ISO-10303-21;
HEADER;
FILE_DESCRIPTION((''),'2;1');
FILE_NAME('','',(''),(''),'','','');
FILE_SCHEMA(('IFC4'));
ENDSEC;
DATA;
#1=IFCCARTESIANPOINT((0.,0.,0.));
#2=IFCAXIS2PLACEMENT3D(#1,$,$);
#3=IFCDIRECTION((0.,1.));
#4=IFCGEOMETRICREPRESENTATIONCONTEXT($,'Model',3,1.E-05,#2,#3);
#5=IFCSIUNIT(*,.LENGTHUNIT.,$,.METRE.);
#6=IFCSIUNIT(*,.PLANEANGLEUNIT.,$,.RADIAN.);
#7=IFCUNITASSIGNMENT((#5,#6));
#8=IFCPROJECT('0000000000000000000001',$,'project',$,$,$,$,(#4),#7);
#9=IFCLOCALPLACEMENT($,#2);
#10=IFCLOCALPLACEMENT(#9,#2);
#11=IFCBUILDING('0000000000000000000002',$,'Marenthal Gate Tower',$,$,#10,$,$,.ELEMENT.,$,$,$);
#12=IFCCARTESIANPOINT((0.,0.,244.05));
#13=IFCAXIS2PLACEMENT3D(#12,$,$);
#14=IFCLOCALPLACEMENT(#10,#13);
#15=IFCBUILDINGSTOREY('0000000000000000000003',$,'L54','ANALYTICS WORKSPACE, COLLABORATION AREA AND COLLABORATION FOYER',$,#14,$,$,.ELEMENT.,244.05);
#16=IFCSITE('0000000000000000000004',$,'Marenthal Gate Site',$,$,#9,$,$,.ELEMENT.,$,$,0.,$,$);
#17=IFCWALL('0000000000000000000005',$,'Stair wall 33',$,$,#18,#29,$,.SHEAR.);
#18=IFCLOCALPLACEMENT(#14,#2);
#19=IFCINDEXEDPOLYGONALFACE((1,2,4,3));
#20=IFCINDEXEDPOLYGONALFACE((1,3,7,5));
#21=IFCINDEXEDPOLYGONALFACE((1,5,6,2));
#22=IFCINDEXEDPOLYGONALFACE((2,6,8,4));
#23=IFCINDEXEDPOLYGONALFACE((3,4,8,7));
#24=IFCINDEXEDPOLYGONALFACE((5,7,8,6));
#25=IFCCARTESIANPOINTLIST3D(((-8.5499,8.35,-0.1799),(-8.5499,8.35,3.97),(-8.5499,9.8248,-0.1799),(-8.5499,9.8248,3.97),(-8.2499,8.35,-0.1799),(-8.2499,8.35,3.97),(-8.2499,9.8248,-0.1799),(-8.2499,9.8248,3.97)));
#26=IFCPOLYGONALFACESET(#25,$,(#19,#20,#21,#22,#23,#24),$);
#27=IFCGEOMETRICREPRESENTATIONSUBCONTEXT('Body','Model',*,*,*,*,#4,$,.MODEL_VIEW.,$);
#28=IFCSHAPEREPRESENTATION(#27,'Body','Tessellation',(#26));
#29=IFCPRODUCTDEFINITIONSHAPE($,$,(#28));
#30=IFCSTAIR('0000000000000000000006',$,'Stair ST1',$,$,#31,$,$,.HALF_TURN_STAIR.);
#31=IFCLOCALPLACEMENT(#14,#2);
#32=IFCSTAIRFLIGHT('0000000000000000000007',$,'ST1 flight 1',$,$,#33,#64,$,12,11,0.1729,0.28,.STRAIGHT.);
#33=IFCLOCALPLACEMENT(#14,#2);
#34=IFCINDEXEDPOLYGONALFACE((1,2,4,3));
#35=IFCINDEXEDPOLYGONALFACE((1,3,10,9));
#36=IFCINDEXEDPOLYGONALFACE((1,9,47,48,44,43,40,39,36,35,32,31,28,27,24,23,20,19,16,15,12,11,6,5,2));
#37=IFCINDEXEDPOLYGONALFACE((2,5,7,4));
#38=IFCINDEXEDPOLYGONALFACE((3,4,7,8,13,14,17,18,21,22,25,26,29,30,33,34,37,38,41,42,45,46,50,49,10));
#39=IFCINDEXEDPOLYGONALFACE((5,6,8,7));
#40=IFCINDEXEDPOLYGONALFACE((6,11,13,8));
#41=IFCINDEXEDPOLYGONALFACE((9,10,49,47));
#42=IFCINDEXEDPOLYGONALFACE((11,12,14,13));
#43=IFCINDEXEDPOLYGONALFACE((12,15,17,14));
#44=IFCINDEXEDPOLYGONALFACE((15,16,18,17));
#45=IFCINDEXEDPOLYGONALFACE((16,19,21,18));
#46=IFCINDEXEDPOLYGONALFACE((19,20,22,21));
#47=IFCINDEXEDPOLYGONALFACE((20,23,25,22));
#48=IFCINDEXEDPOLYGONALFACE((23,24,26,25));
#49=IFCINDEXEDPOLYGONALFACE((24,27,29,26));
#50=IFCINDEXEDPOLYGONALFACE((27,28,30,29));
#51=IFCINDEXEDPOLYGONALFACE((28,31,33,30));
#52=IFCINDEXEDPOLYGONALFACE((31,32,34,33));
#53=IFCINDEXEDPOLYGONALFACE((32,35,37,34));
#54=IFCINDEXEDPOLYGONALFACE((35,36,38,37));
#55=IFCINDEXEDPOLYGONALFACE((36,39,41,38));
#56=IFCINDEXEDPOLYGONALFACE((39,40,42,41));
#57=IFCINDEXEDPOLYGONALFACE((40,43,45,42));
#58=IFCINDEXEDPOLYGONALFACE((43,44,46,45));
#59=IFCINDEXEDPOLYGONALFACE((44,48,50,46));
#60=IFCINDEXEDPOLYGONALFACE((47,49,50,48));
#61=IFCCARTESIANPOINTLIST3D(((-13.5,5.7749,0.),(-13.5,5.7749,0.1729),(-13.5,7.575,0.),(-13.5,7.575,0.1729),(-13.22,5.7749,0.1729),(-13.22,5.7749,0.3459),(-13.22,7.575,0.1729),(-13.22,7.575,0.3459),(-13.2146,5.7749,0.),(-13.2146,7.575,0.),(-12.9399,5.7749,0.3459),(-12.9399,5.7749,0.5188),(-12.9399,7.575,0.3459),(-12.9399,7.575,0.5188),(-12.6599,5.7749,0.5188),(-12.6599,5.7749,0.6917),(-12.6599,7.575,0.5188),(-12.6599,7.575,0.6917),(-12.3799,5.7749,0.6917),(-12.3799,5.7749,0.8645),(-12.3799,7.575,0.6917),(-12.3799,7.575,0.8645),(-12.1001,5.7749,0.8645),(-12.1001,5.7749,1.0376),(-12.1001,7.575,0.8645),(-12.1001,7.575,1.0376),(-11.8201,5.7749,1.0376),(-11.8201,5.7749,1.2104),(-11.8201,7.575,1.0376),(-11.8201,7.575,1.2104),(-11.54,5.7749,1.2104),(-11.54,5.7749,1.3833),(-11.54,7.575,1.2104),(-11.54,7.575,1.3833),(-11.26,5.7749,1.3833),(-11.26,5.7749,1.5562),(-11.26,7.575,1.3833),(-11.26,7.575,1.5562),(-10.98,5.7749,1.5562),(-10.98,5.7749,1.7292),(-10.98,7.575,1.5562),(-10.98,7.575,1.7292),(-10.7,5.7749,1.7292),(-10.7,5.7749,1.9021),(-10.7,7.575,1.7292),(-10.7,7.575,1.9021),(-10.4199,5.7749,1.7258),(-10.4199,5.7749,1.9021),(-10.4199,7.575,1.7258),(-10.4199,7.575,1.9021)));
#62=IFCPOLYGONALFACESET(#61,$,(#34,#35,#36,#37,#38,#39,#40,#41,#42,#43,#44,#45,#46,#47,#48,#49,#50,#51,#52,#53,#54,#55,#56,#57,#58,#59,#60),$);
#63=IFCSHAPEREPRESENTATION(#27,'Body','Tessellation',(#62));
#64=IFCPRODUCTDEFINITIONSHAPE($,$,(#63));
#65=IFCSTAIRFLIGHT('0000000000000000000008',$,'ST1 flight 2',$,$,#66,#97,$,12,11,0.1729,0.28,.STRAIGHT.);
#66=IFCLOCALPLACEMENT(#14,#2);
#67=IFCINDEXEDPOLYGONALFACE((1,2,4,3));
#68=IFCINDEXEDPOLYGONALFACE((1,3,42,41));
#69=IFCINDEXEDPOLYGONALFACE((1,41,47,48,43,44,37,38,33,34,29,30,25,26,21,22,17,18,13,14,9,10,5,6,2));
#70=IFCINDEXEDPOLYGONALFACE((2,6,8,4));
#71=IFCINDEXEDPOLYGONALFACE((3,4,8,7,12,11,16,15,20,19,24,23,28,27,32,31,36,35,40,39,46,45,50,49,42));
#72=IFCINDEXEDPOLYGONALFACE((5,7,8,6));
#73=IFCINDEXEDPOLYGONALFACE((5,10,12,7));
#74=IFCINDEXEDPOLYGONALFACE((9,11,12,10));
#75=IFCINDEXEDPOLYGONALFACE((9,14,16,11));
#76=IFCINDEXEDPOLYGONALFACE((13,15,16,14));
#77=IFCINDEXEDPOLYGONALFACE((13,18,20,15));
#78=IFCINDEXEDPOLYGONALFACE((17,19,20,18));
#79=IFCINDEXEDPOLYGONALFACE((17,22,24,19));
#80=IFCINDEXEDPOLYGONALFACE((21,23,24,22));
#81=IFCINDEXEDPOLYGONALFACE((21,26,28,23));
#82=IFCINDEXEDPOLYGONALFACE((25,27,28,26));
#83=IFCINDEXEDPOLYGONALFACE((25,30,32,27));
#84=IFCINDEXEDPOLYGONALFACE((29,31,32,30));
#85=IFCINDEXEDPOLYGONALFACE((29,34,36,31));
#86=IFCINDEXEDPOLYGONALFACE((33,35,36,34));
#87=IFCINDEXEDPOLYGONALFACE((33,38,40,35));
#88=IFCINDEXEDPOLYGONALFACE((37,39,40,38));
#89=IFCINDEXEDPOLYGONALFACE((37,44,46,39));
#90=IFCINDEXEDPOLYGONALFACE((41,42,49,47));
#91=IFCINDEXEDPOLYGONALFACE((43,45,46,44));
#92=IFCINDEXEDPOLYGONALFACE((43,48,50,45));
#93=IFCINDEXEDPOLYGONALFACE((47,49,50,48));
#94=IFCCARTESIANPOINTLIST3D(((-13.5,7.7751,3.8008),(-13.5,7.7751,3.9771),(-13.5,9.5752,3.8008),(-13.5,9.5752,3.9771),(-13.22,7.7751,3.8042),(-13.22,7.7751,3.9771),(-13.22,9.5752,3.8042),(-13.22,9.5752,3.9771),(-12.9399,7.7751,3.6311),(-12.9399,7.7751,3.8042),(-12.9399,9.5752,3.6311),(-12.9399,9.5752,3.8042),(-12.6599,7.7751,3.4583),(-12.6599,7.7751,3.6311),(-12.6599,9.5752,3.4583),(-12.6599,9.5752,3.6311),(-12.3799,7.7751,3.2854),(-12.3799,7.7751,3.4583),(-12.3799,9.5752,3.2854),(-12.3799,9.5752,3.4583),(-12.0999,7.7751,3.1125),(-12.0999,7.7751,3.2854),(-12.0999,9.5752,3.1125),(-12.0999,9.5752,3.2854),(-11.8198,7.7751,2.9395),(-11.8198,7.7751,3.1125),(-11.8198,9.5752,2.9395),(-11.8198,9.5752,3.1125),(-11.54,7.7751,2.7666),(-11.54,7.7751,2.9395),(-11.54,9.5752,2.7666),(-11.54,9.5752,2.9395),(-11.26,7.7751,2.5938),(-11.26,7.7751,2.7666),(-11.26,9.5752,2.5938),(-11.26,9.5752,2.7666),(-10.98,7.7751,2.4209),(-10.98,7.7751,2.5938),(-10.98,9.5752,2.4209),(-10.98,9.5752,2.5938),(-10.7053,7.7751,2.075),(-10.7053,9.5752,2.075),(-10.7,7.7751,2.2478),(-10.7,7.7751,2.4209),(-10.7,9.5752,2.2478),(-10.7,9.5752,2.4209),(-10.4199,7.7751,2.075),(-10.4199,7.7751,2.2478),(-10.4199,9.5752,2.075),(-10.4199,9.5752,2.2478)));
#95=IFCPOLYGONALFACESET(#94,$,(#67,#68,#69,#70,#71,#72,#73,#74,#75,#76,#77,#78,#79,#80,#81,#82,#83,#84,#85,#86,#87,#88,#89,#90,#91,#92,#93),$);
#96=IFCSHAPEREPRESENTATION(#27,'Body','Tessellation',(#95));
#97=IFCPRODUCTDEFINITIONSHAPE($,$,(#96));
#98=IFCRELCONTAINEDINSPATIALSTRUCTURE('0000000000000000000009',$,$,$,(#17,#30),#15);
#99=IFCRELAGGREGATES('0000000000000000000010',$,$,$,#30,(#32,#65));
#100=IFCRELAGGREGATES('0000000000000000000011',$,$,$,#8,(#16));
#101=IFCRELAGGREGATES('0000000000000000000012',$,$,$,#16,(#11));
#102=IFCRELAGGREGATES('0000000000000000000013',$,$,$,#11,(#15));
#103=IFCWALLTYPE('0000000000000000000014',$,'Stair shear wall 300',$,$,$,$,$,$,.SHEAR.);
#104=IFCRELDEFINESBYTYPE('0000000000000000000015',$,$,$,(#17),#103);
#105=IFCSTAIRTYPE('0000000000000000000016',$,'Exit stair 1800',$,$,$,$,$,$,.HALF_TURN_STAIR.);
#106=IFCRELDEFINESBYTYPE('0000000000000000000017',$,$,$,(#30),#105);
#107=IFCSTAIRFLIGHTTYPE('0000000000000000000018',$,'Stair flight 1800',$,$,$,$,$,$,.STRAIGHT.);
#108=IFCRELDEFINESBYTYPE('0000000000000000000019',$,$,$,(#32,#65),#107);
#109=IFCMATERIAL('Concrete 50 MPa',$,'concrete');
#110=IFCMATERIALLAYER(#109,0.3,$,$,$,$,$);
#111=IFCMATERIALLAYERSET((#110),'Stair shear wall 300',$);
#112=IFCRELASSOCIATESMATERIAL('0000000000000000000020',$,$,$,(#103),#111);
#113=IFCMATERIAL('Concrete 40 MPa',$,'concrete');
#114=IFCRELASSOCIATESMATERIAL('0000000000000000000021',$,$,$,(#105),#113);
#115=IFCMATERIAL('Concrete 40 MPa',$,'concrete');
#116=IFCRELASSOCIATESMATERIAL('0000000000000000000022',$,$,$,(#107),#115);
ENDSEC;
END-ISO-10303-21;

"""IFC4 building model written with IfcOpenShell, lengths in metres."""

from ifc_helpers import new_model, si_unit, direction, frame, frame_2d, origin, place, context, subcontext, project, spatial, polyline, rectangle, outline, extrude, material, layer, layer_set, type_object, element, aggregate, save


model = new_model("IFC4")

# Units and contexts
model_context = context("Model", 3, precision=1e-05, world=origin(), true_north=direction((0.0, 1.0)))
body_context = subcontext(model_context, "Body", "Model", "MODEL_VIEW")
ifc_project = project(units=[si_unit("LENGTHUNIT", "METRE"), si_unit("PLANEANGLEUNIT", "RADIAN")], contexts=[model_context])

# Site, building, storey
site_placement = place(None, origin())
site = spatial("IfcSite", under=ifc_project, at=site_placement, Name="Marenthal Gate Site", CompositionType="ELEMENT", RefElevation=0.0)
building_placement = place(site_placement, origin())
building = spatial("IfcBuilding", under=site, at=building_placement, Name="Marenthal Gate Tower", CompositionType="ELEMENT")
storey_placement = place(building_placement, frame((0.0, 0.0, 244.05)))
storey = spatial("IfcBuildingStorey", under=building, at=storey_placement, Name="L54", Description="ANALYTICS WORKSPACE, COLLABORATION AREA AND COLLABORATION FOYER", CompositionType="ELEMENT", Elevation=244.05)

# Wall
ifc_material_1 = material(Name="Concrete 50 MPa", Category="concrete")
ifc_layer_1 = layer(ifc_material_1, 0.3)
ifc_layer_set_1 = layer_set([ifc_layer_1], Name="Stair shear wall 300")
wall_type_1 = type_object("IfcWallType", Name="Stair shear wall 300", PredefinedType="SHEAR", material=ifc_layer_set_1)
wall_1_placement = place(storey_placement, frame((-8.3999, 8.3501, -0.1799), z_axis=(0.0, 0.0, 1.0), x_axis=(0.0, 1.0, 0.0)))
element("IfcWall", 1, at=wall_1_placement, inside=storey, type_object=wall_type_1, Name="Stair wall 33", PredefinedType="SHEAR", context=body_context, shape_type="SweptSolid", body=[
    extrude(rectangle(XDim=1.4749, YDim=0.3, at=frame_2d((0.7373, 0.0))), origin(), (0.0, 0.0, 1.0), 4.1499),
])

# Stair, stair flights
ifc_material_2 = material(Name="Concrete 40 MPa", Category="concrete")
stair_type = type_object("IfcStairType", Name="Exit stair 1800", PredefinedType="HALF_TURN_STAIR", material=ifc_material_2)
stair_placement = place(storey_placement, origin())
stair = element("IfcStair", 2, at=stair_placement, inside=storey, type_object=stair_type, Name="Stair ST1", PredefinedType="HALF_TURN_STAIR")
ifc_material_3 = material(Name="Concrete 40 MPa", Category="concrete")
stair_flight_type = type_object("IfcStairFlightType", Name="Stair flight 1800", PredefinedType="STRAIGHT", material=ifc_material_3)
stair_flight_1_placement = place(storey_placement, frame((-13.5, 6.675, 0.0), z_axis=(0.0, 0.0, 1.0), x_axis=(1.0, 0.0, 0.0)))
stair_flight_1 = element("IfcStairFlight", 3, at=stair_flight_1_placement, type_object=stair_flight_type, Name="ST1 flight 1", NumberOfRisers=12, NumberOfTreads=11, PredefinedType="STRAIGHT", RiserHeight=0.1729, TreadLength=0.28, context=body_context, shape_type="SweptSolid", body=[
    extrude(outline(polyline([(0.0, 0.0), (0.0, 0.1729), (0.28, 0.1729), (0.28, 0.3459), (0.5601, 0.3459), (0.5601, 0.5188), (0.8401, 0.5188), (0.8401, 0.6917), (1.1201, 0.6917), (1.1201, 0.8645), (1.3999, 0.8645), (1.3999, 1.0376), (1.6799, 1.0376), (1.6799, 1.2104), (1.96, 1.2104), (1.96, 1.3833), (2.24, 1.3833), (2.24, 1.5562), (2.52, 1.5562), (2.52, 1.7292), (2.8, 1.7292), (2.8, 1.9021), (3.0801, 1.9021), (3.0801, 2.075), (3.0801, 1.7258), (0.2854, 0.0), (0.0, 0.0)])), frame((0.0, 0.8999, 0.0), z_axis=(0.0, -1.0, 0.0), x_axis=(1.0, 0.0, 0.0)), (0.0, 0.0, 1.0), 1.8),
])
stair_flight_2_placement = place(storey_placement, frame((-10.4199, 8.675, 2.075), z_axis=(0.0, 0.0, 1.0), x_axis=(-1.0, 0.0, 0.0)))
stair_flight_2 = element("IfcStairFlight", 4, at=stair_flight_2_placement, type_object=stair_flight_type, Name="ST1 flight 2", NumberOfRisers=12, NumberOfTreads=11, PredefinedType="STRAIGHT", RiserHeight=0.1729, TreadLength=0.28, context=body_context, shape_type="SweptSolid", body=[
    extrude(outline(polyline([(0.0, 0.0), (0.0, 0.1729), (0.28, 0.1729), (0.28, 0.3459), (0.5601, 0.3459), (0.5601, 0.5188), (0.8401, 0.5188), (0.8401, 0.6917), (1.1201, 0.6917), (1.1201, 0.8645), (1.3999, 0.8645), (1.3999, 1.0376), (1.6799, 1.0376), (1.6799, 1.2104), (1.96, 1.2104), (1.96, 1.3833), (2.24, 1.3833), (2.24, 1.5562), (2.52, 1.5562), (2.52, 1.7292), (2.8, 1.7292), (2.8, 1.9021), (3.0801, 1.9021), (3.0801, 2.075), (3.0801, 1.7258), (0.2854, 0.0), (0.0, 0.0)])), frame((0.0, 0.8999, 0.0), z_axis=(0.0, -1.0, 0.0), x_axis=(1.0, 0.0, 0.0)), (0.0, 0.0, 1.0), 1.8),
])
aggregate(stair, [stair_flight_1, stair_flight_2])

save(model, "model.ifc")
